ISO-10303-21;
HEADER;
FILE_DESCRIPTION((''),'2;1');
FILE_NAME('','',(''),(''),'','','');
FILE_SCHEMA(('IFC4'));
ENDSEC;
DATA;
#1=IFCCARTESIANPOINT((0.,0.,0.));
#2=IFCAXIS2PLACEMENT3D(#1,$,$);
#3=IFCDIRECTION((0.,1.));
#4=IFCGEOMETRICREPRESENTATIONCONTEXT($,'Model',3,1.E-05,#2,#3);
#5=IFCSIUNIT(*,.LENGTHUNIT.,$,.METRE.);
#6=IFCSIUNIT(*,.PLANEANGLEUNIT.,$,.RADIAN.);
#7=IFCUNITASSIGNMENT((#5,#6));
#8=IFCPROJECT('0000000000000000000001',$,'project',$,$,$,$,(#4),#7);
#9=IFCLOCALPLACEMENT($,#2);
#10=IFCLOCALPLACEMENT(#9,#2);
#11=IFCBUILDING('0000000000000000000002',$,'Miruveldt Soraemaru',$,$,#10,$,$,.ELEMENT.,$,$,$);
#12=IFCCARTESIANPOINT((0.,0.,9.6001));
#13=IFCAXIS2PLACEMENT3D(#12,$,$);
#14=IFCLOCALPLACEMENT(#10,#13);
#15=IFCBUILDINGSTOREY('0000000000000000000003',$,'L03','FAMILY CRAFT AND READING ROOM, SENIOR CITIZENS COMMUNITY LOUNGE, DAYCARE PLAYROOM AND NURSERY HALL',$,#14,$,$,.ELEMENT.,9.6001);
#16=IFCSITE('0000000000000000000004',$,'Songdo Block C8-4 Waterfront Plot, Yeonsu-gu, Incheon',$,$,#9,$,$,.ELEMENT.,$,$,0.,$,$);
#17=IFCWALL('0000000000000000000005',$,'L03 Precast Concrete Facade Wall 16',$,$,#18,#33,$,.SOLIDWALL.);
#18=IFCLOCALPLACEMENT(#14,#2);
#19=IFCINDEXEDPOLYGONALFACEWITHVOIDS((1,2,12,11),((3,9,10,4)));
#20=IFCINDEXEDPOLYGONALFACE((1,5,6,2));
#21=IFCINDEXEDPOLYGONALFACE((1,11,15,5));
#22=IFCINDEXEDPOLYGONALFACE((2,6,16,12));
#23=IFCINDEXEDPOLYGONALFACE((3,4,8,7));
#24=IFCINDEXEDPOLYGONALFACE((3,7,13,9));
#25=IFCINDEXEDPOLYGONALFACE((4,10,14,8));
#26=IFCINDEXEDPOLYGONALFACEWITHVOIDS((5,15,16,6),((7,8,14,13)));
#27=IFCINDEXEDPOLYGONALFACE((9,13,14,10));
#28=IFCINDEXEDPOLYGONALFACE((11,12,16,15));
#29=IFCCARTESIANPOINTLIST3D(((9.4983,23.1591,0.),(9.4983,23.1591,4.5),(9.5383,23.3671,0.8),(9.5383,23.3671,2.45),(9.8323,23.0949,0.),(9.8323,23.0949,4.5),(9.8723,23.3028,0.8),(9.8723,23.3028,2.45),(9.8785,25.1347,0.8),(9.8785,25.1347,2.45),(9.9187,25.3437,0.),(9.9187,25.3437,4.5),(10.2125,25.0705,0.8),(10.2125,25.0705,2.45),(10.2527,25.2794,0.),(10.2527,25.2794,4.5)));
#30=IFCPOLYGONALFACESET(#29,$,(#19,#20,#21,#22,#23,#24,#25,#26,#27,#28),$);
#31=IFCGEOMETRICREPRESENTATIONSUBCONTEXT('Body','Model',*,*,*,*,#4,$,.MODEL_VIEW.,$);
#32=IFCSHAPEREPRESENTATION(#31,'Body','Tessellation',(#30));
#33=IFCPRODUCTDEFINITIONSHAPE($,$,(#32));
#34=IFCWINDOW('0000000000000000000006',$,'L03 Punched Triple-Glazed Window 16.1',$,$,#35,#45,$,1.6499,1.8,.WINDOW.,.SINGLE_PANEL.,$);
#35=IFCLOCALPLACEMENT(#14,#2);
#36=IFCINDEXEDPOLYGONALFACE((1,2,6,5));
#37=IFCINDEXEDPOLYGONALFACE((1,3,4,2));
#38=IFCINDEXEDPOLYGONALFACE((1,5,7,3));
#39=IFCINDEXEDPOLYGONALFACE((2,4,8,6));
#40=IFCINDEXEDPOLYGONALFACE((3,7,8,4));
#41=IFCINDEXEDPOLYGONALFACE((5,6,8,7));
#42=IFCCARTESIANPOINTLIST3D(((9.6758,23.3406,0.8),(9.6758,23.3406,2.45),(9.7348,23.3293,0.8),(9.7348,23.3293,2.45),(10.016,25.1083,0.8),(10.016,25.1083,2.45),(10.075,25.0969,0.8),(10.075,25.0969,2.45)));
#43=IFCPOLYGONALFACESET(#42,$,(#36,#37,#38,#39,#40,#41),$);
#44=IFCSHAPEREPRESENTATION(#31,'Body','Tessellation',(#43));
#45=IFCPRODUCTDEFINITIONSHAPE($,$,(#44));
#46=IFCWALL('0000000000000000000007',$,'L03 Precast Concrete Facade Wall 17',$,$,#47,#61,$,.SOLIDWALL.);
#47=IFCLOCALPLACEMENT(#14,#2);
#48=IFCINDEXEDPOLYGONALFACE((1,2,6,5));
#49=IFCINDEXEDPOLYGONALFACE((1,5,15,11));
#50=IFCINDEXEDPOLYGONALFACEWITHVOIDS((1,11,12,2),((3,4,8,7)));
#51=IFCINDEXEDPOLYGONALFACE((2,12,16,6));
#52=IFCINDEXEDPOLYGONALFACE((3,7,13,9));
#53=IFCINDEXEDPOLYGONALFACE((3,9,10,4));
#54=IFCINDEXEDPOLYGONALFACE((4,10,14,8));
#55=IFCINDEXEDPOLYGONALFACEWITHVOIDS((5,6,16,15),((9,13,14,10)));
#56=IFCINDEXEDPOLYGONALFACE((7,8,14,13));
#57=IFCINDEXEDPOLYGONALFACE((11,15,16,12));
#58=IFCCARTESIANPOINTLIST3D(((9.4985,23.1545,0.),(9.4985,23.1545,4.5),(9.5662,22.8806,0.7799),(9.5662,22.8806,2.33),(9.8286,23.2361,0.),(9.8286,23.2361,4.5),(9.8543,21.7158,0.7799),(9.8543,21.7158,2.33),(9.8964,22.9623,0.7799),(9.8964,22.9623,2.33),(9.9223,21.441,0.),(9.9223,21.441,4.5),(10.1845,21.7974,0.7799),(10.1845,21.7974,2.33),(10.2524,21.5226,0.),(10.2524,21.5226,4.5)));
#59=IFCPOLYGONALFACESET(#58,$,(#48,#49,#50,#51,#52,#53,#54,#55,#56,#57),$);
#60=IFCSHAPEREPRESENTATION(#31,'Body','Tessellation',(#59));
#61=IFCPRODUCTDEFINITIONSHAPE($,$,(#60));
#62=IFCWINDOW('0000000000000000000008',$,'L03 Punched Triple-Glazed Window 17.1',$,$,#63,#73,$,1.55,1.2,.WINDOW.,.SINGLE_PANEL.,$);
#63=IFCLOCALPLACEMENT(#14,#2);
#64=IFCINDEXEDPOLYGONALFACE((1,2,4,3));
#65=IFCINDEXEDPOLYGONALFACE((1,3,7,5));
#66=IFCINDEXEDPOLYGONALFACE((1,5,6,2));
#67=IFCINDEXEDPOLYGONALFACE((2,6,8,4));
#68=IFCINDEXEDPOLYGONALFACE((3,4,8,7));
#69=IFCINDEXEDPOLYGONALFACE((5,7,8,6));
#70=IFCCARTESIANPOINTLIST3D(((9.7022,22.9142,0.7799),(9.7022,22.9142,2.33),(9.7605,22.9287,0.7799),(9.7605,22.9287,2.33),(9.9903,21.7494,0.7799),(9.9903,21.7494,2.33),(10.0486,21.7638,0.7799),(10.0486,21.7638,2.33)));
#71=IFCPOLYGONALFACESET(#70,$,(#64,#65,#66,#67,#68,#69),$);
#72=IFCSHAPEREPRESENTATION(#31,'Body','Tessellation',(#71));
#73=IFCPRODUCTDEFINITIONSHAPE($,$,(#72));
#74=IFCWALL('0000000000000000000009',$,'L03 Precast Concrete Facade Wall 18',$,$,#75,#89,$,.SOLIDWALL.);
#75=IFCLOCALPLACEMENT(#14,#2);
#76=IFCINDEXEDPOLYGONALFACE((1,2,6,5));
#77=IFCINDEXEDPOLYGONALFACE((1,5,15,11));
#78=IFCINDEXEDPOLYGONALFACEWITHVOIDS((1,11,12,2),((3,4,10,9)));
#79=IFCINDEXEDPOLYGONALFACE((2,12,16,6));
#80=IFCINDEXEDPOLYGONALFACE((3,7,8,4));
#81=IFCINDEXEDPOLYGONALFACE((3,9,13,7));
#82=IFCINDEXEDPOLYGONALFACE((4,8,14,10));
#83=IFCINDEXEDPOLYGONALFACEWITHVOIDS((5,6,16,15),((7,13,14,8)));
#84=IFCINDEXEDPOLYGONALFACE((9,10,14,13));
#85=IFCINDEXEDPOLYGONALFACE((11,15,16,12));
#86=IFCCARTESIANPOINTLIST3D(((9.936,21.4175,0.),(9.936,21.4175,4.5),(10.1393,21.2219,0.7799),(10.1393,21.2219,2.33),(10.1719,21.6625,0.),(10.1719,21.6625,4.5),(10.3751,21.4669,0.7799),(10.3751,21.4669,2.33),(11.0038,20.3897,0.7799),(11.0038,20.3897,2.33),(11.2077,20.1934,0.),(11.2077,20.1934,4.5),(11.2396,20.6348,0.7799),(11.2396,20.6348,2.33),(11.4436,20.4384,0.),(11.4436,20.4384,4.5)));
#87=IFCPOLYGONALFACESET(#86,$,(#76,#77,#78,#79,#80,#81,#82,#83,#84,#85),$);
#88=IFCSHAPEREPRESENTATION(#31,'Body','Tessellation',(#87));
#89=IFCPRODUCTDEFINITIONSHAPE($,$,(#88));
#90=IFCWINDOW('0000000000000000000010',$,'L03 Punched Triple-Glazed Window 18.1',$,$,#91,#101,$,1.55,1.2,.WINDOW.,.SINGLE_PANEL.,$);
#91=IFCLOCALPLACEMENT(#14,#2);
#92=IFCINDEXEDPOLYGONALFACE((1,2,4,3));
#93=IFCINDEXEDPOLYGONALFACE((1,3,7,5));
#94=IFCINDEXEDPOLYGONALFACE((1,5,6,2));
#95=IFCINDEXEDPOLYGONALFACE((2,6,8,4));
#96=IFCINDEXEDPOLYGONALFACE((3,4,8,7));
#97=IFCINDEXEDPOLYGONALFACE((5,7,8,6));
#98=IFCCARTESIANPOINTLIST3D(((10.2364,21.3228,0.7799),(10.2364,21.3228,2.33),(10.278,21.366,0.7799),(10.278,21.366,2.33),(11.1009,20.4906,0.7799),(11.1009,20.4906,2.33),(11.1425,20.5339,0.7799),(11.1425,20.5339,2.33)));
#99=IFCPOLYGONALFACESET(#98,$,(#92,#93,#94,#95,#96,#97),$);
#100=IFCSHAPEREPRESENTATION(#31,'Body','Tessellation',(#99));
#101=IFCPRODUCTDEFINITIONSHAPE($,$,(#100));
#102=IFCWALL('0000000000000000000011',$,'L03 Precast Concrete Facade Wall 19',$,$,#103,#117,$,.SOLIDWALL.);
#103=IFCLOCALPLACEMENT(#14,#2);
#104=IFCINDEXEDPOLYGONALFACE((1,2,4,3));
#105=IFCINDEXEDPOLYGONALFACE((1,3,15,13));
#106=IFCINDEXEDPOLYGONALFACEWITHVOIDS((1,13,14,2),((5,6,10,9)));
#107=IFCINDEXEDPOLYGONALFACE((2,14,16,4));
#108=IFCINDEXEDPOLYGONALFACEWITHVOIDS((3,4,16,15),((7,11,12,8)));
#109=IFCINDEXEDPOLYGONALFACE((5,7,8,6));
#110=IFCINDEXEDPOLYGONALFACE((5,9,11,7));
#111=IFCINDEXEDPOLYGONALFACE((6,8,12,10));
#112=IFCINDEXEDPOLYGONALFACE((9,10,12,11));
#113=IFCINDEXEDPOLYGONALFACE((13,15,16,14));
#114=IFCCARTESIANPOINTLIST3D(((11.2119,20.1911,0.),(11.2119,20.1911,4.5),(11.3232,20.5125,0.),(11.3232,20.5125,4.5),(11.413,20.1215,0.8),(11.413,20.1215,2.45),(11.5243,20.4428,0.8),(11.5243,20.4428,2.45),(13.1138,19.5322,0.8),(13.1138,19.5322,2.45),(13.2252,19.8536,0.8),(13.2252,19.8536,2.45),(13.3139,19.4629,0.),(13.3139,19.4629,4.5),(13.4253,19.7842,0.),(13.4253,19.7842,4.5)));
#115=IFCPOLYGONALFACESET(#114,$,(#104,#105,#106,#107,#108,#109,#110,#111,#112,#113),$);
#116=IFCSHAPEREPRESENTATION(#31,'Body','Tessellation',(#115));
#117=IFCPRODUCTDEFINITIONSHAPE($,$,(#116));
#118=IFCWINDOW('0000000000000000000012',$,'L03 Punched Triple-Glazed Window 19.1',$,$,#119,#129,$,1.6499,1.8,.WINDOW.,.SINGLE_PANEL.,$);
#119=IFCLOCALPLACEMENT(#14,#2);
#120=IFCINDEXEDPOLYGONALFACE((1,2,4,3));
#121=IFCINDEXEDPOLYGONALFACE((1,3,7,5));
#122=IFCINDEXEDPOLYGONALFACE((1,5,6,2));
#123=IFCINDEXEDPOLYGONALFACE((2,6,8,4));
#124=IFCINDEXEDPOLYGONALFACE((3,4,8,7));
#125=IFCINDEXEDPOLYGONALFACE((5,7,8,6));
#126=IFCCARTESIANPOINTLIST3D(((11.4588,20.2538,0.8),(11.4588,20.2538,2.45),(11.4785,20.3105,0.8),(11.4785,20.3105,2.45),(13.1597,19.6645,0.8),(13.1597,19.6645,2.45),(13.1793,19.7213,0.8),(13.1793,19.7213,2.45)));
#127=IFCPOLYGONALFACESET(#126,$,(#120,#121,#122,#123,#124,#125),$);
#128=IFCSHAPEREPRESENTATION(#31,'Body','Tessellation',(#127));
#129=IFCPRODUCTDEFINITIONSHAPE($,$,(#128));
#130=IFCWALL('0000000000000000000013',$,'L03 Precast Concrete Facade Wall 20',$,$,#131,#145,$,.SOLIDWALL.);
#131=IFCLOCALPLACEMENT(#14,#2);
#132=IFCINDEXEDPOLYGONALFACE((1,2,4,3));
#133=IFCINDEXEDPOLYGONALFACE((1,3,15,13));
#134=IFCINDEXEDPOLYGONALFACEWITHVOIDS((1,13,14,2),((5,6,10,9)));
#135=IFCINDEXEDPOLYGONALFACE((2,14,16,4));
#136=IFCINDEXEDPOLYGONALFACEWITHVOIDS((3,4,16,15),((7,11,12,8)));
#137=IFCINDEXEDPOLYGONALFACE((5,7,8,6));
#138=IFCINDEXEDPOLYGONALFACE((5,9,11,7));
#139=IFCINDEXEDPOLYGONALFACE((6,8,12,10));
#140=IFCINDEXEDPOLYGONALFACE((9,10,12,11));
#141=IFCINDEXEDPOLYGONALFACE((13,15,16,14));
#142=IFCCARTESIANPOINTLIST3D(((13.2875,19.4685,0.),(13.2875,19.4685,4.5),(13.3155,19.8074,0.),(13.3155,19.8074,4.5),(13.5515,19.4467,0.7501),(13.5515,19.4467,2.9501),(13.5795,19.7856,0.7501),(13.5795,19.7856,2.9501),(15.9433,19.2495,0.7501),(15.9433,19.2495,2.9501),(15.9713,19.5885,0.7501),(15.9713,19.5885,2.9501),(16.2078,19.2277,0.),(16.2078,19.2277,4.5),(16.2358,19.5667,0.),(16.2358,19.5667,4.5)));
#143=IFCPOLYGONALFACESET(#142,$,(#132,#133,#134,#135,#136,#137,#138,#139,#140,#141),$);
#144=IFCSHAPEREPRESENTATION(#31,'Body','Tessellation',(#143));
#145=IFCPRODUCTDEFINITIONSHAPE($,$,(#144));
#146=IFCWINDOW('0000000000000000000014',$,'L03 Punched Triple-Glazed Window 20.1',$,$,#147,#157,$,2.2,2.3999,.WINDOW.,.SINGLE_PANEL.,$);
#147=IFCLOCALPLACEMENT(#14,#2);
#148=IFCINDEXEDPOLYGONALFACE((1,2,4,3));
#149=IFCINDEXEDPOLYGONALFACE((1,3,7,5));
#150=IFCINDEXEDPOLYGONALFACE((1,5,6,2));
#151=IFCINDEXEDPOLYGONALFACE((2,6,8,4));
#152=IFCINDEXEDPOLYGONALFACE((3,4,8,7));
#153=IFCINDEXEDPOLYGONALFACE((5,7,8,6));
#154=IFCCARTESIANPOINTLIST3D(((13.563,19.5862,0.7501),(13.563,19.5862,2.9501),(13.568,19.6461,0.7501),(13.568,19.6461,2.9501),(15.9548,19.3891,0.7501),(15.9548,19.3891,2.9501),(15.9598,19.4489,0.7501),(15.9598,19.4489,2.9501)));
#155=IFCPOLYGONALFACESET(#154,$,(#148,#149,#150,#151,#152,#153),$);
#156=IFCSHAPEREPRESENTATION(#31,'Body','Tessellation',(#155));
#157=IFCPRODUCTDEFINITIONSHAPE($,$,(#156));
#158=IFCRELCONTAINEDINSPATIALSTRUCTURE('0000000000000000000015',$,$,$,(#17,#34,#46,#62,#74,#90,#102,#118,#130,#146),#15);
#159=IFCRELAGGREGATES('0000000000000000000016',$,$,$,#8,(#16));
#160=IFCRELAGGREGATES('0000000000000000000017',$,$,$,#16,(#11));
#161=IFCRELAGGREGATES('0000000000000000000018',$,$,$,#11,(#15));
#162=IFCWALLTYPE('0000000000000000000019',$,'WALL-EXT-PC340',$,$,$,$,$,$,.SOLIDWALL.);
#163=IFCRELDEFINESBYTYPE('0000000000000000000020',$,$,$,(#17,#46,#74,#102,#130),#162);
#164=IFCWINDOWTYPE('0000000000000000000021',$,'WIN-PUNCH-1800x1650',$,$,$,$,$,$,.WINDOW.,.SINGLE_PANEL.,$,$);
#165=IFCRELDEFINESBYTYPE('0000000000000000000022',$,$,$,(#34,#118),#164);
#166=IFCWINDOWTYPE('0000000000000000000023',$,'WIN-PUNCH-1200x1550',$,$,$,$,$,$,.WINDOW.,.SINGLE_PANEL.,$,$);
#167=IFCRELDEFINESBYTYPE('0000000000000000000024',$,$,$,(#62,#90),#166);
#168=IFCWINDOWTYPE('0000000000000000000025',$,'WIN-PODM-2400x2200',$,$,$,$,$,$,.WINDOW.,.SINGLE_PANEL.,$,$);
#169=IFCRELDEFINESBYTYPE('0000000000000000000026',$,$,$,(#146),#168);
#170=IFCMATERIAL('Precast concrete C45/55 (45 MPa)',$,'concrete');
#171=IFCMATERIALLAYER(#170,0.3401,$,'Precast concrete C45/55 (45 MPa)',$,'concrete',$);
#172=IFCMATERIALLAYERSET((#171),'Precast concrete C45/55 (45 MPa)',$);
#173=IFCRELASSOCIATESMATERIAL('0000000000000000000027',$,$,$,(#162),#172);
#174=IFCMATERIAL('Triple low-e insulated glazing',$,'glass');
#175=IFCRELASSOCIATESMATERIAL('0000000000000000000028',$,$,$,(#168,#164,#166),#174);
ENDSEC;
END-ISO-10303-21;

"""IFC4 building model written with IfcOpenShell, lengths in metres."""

from ifc_helpers import new_model, si_unit, direction, frame, frame_2d, origin, place, context, subcontext, project, spatial, rectangle, extrude, material, layer, layer_set, type_object, element, fill, save


model = new_model("IFC4")

# Units and contexts
model_context = context("Model", 3, precision=1e-05, world=origin(), true_north=direction((0.0, 1.0)))
body_context = subcontext(model_context, "Body", "Model", "MODEL_VIEW")
ifc_project = project(units=[si_unit("LENGTHUNIT", "METRE"), si_unit("PLANEANGLEUNIT", "RADIAN")], contexts=[model_context])

# Site, building, storey
site_placement = place(None, origin())
site = spatial("IfcSite", under=ifc_project, at=site_placement, Name="Songdo Block C8-4 Waterfront Plot, Yeonsu-gu, Incheon", CompositionType="ELEMENT", RefElevation=0.0)
building_placement = place(site_placement, origin())
building = spatial("IfcBuilding", under=site, at=building_placement, Name="Miruveldt Soraemaru", CompositionType="ELEMENT")
storey_placement = place(building_placement, frame((0.0, 0.0, 9.6001)))
storey = spatial("IfcBuildingStorey", under=building, at=storey_placement, Name="L03", Description="FAMILY CRAFT AND READING ROOM, SENIOR CITIZENS COMMUNITY LOUNGE, DAYCARE PLAYROOM AND NURSERY HALL", CompositionType="ELEMENT", Elevation=9.6001)

# Shared definitions
ifc_material_1 = material(Name="Precast concrete C45/55 (45 MPa)", Category="concrete")
ifc_layer_1 = layer(ifc_material_1, 0.3401, Name="Precast concrete C45/55 (45 MPa)", Category="concrete")
ifc_layer_set_1 = layer_set([ifc_layer_1], Name="Precast concrete C45/55 (45 MPa)")
wall_type_1 = type_object("IfcWallType", Name="WALL-EXT-PC340", PredefinedType="SOLIDWALL", material=ifc_layer_set_1)
ifc_material_2 = material(Name="Triple low-e insulated glazing", Category="glass")
window_type_1 = type_object("IfcWindowType", Name="WIN-PODM-2400x2200", PartitioningType="SINGLE_PANEL", PredefinedType="WINDOW", material=ifc_material_2)
window_type_2 = type_object("IfcWindowType", Name="WIN-PUNCH-1800x1650", PartitioningType="SINGLE_PANEL", PredefinedType="WINDOW", material=ifc_material_2)

# Walls, openings, windows
wall_1_placement = place(storey_placement, frame((10.0857, 25.3115, 0.0), z_axis=(0.0, 0.0, 1.0), x_axis=(-0.188978, -0.981981, 0.0)))
wall_1 = element("IfcWall", 1, at=wall_1_placement, inside=storey, type_object=wall_type_1, Name="L03 Precast Concrete Facade Wall 16", PredefinedType="SOLIDWALL", context=body_context, shape_type="SweptSolid", body=[
    extrude(rectangle(XDim=2.2246, YDim=0.3401, at=frame_2d((1.1123, 0.0))), origin(), (0.0, 0.0, 1.0), 4.5),
])
opening_1_placement = place(wall_1_placement, frame((0.2129, 0.0, 0.8)))
opening_1 = element("IfcOpeningElement", 2, at=opening_1_placement, cuts=wall_1, PredefinedType="OPENING", context=body_context, shape_type="SweptSolid", body=[
    extrude(rectangle(XDim=1.8, YDim=1.6499, at=frame_2d((0.8999, 0.825))), frame((0.0, 0.1802, 0.0), z_axis=(0.0, -1.0, 0.0), x_axis=(1.0, 0.0, 0.0)), (0.0, 0.0, 1.0), 0.3601),
])
window_1_placement = place(opening_1_placement, origin())
window_1 = element("IfcWindow", 3, at=window_1_placement, inside=storey, type_object=window_type_2, Name="L03 Punched Triple-Glazed Window 16.1", OverallHeight=1.6499, OverallWidth=1.8, PartitioningType="SINGLE_PANEL", PredefinedType="WINDOW", context=body_context, shape_type="SweptSolid", body=[
    extrude(rectangle(XDim=1.8, YDim=1.6499, at=frame_2d((0.8999, 0.825))), frame((0.0, 0.03, 0.0), z_axis=(0.0, -1.0, 0.0), x_axis=(1.0, 0.0, 0.0)), (0.0, 0.0, 1.0), 0.0601),
])
fill(opening_1, window_1)
wall_2_placement = place(storey_placement, frame((9.6636, 23.1953, 0.0), z_axis=(0.0, 0.0, 1.0), x_axis=(0.240094, -0.97075, 0.0)))
wall_2 = element("IfcWall", 4, at=wall_2_placement, inside=storey, type_object=wall_type_1, Name="L03 Precast Concrete Facade Wall 17", PredefinedType="SOLIDWALL", context=body_context, shape_type="SweptSolid", body=[
    extrude(rectangle(XDim=1.7651, YDim=0.3401, at=frame_2d((0.8826, 0.0))), origin(), (0.0, 0.0, 1.0), 4.5),
])
opening_2_placement = place(wall_2_placement, frame((0.282, 0.0, 0.78)))
opening_2 = element("IfcOpeningElement", 5, at=opening_2_placement, cuts=wall_2, PredefinedType="OPENING", context=body_context, shape_type="SweptSolid", body=[
    extrude(rectangle(XDim=1.2, YDim=1.55, at=frame_2d((0.6001, 0.7749))), frame((0.0, 0.1802, 0.0), z_axis=(0.0, -1.0, 0.0), x_axis=(1.0, 0.0, 0.0)), (0.0, 0.0, 1.0), 0.3601),
])
window_type_3 = type_object("IfcWindowType", Name="WIN-PUNCH-1200x1550", PartitioningType="SINGLE_PANEL", PredefinedType="WINDOW", material=ifc_material_2)
window_2_placement = place(opening_2_placement, origin())
window_2 = element("IfcWindow", 6, at=window_2_placement, inside=storey, type_object=window_type_3, Name="L03 Punched Triple-Glazed Window 17.1", OverallHeight=1.55, OverallWidth=1.2, PartitioningType="SINGLE_PANEL", PredefinedType="WINDOW", context=body_context, shape_type="SweptSolid", body=[
    extrude(rectangle(XDim=1.2, YDim=1.55, at=frame_2d((0.6001, 0.7749))), frame((0.0, 0.03, 0.0), z_axis=(0.0, -1.0, 0.0), x_axis=(1.0, 0.0, 0.0)), (0.0, 0.0, 1.0), 0.0601),
])
fill(opening_2, window_2)
wall_3_placement = place(storey_placement, frame((10.054, 21.54, 0.0), z_axis=(0.0, 0.0, 1.0), x_axis=(0.720464, -0.693493, 0.0)))
wall_3 = element("IfcWall", 7, at=wall_3_placement, inside=storey, type_object=wall_type_1, Name="L03 Precast Concrete Facade Wall 18", PredefinedType="SOLIDWALL", context=body_context, shape_type="SweptSolid", body=[
    extrude(rectangle(XDim=1.7651, YDim=0.3401, at=frame_2d((0.8826, 0.0))), origin(), (0.0, 0.0, 1.0), 4.5),
])
opening_3_placement = place(wall_3_placement, frame((0.282, 0.0, 0.78)))
opening_3 = element("IfcOpeningElement", 8, at=opening_3_placement, cuts=wall_3, PredefinedType="OPENING", context=body_context, shape_type="SweptSolid", body=[
    extrude(rectangle(XDim=1.2, YDim=1.55, at=frame_2d((0.6001, 0.7749))), frame((0.0, 0.1802, 0.0), z_axis=(0.0, -1.0, 0.0), x_axis=(1.0, 0.0, 0.0)), (0.0, 0.0, 1.0), 0.3601),
])
window_3_placement = place(opening_3_placement, origin())
window_3 = element("IfcWindow", 9, at=window_3_placement, inside=storey, type_object=window_type_3, Name="L03 Punched Triple-Glazed Window 18.1", OverallHeight=1.55, OverallWidth=1.2, PartitioningType="SINGLE_PANEL", PredefinedType="WINDOW", context=body_context, shape_type="SweptSolid", body=[
    extrude(rectangle(XDim=1.2, YDim=1.55, at=frame_2d((0.6001, 0.7749))), frame((0.0, 0.03, 0.0), z_axis=(0.0, -1.0, 0.0), x_axis=(1.0, 0.0, 0.0)), (0.0, 0.0, 1.0), 0.0601),
])
fill(opening_3, window_3)
wall_4_placement = place(storey_placement, frame((11.2676, 20.3518, 0.0), z_axis=(0.0, 0.0, 1.0), x_axis=(0.944897, -0.327367, 0.0)))
wall_4 = element("IfcWall", 10, at=wall_4_placement, inside=storey, type_object=wall_type_1, Name="L03 Precast Concrete Facade Wall 19", PredefinedType="SOLIDWALL", context=body_context, shape_type="SweptSolid", body=[
    extrude(rectangle(XDim=2.2246, YDim=0.3401, at=frame_2d((1.1123, 0.0))), origin(), (0.0, 0.0, 1.0), 4.5),
])
opening_4_placement = place(wall_4_placement, frame((0.2129, 0.0, 0.8)))
opening_4 = element("IfcOpeningElement", 11, at=opening_4_placement, cuts=wall_4, PredefinedType="OPENING", context=body_context, shape_type="SweptSolid", body=[
    extrude(rectangle(XDim=1.8, YDim=1.6499, at=frame_2d((0.8999, 0.825))), frame((0.0, 0.1802, 0.0), z_axis=(0.0, -1.0, 0.0), x_axis=(1.0, 0.0, 0.0)), (0.0, 0.0, 1.0), 0.3601),
])
window_4_placement = place(opening_4_placement, origin())
window_4 = element("IfcWindow", 12, at=window_4_placement, inside=storey, type_object=window_type_2, Name="L03 Punched Triple-Glazed Window 19.1", OverallHeight=1.6499, OverallWidth=1.8, PartitioningType="SINGLE_PANEL", PredefinedType="WINDOW", context=body_context, shape_type="SweptSolid", body=[
    extrude(rectangle(XDim=1.8, YDim=1.6499, at=frame_2d((0.8999, 0.825))), frame((0.0, 0.03, 0.0), z_axis=(0.0, -1.0, 0.0), x_axis=(1.0, 0.0, 0.0)), (0.0, 0.0, 1.0), 0.0601),
])
fill(opening_4, window_4)
wall_5_placement = place(storey_placement, frame((13.3015, 19.6379, 0.0), z_axis=(0.0, 0.0, 1.0), x_axis=(0.996619, -0.082156, 0.0)))
wall_5 = element("IfcWall", 13, at=wall_5_placement, inside=storey, type_object=wall_type_1, Name="L03 Precast Concrete Facade Wall 20", PredefinedType="SOLIDWALL", context=body_context, shape_type="SweptSolid", body=[
    extrude(rectangle(XDim=2.9302, YDim=0.3401, at=frame_2d((1.4651, 0.0))), origin(), (0.0, 0.0, 1.0), 4.5),
])
opening_5_placement = place(wall_5_placement, frame((0.2649, 0.0, 0.75)))
opening_5 = element("IfcOpeningElement", 14, at=opening_5_placement, cuts=wall_5, PredefinedType="OPENING", context=body_context, shape_type="SweptSolid", body=[
    extrude(rectangle(XDim=2.3999, YDim=2.2, at=frame_2d((1.2, 1.1001))), frame((0.0, 0.1802, 0.0), z_axis=(0.0, -1.0, 0.0), x_axis=(1.0, 0.0, 0.0)), (0.0, 0.0, 1.0), 0.3601),
])
window_5_placement = place(opening_5_placement, origin())
window_5 = element("IfcWindow", 15, at=window_5_placement, inside=storey, type_object=window_type_1, Name="L03 Punched Triple-Glazed Window 20.1", OverallHeight=2.2, OverallWidth=2.3999, PartitioningType="SINGLE_PANEL", PredefinedType="WINDOW", context=body_context, shape_type="SweptSolid", body=[
    extrude(rectangle(XDim=2.3999, YDim=2.2, at=frame_2d((1.2, 1.1001))), frame((0.0, 0.03, 0.0), z_axis=(0.0, -1.0, 0.0), x_axis=(1.0, 0.0, 0.0)), (0.0, 0.0, 1.0), 0.0601),
])
fill(opening_5, window_5)

save(model, "model.ifc")
